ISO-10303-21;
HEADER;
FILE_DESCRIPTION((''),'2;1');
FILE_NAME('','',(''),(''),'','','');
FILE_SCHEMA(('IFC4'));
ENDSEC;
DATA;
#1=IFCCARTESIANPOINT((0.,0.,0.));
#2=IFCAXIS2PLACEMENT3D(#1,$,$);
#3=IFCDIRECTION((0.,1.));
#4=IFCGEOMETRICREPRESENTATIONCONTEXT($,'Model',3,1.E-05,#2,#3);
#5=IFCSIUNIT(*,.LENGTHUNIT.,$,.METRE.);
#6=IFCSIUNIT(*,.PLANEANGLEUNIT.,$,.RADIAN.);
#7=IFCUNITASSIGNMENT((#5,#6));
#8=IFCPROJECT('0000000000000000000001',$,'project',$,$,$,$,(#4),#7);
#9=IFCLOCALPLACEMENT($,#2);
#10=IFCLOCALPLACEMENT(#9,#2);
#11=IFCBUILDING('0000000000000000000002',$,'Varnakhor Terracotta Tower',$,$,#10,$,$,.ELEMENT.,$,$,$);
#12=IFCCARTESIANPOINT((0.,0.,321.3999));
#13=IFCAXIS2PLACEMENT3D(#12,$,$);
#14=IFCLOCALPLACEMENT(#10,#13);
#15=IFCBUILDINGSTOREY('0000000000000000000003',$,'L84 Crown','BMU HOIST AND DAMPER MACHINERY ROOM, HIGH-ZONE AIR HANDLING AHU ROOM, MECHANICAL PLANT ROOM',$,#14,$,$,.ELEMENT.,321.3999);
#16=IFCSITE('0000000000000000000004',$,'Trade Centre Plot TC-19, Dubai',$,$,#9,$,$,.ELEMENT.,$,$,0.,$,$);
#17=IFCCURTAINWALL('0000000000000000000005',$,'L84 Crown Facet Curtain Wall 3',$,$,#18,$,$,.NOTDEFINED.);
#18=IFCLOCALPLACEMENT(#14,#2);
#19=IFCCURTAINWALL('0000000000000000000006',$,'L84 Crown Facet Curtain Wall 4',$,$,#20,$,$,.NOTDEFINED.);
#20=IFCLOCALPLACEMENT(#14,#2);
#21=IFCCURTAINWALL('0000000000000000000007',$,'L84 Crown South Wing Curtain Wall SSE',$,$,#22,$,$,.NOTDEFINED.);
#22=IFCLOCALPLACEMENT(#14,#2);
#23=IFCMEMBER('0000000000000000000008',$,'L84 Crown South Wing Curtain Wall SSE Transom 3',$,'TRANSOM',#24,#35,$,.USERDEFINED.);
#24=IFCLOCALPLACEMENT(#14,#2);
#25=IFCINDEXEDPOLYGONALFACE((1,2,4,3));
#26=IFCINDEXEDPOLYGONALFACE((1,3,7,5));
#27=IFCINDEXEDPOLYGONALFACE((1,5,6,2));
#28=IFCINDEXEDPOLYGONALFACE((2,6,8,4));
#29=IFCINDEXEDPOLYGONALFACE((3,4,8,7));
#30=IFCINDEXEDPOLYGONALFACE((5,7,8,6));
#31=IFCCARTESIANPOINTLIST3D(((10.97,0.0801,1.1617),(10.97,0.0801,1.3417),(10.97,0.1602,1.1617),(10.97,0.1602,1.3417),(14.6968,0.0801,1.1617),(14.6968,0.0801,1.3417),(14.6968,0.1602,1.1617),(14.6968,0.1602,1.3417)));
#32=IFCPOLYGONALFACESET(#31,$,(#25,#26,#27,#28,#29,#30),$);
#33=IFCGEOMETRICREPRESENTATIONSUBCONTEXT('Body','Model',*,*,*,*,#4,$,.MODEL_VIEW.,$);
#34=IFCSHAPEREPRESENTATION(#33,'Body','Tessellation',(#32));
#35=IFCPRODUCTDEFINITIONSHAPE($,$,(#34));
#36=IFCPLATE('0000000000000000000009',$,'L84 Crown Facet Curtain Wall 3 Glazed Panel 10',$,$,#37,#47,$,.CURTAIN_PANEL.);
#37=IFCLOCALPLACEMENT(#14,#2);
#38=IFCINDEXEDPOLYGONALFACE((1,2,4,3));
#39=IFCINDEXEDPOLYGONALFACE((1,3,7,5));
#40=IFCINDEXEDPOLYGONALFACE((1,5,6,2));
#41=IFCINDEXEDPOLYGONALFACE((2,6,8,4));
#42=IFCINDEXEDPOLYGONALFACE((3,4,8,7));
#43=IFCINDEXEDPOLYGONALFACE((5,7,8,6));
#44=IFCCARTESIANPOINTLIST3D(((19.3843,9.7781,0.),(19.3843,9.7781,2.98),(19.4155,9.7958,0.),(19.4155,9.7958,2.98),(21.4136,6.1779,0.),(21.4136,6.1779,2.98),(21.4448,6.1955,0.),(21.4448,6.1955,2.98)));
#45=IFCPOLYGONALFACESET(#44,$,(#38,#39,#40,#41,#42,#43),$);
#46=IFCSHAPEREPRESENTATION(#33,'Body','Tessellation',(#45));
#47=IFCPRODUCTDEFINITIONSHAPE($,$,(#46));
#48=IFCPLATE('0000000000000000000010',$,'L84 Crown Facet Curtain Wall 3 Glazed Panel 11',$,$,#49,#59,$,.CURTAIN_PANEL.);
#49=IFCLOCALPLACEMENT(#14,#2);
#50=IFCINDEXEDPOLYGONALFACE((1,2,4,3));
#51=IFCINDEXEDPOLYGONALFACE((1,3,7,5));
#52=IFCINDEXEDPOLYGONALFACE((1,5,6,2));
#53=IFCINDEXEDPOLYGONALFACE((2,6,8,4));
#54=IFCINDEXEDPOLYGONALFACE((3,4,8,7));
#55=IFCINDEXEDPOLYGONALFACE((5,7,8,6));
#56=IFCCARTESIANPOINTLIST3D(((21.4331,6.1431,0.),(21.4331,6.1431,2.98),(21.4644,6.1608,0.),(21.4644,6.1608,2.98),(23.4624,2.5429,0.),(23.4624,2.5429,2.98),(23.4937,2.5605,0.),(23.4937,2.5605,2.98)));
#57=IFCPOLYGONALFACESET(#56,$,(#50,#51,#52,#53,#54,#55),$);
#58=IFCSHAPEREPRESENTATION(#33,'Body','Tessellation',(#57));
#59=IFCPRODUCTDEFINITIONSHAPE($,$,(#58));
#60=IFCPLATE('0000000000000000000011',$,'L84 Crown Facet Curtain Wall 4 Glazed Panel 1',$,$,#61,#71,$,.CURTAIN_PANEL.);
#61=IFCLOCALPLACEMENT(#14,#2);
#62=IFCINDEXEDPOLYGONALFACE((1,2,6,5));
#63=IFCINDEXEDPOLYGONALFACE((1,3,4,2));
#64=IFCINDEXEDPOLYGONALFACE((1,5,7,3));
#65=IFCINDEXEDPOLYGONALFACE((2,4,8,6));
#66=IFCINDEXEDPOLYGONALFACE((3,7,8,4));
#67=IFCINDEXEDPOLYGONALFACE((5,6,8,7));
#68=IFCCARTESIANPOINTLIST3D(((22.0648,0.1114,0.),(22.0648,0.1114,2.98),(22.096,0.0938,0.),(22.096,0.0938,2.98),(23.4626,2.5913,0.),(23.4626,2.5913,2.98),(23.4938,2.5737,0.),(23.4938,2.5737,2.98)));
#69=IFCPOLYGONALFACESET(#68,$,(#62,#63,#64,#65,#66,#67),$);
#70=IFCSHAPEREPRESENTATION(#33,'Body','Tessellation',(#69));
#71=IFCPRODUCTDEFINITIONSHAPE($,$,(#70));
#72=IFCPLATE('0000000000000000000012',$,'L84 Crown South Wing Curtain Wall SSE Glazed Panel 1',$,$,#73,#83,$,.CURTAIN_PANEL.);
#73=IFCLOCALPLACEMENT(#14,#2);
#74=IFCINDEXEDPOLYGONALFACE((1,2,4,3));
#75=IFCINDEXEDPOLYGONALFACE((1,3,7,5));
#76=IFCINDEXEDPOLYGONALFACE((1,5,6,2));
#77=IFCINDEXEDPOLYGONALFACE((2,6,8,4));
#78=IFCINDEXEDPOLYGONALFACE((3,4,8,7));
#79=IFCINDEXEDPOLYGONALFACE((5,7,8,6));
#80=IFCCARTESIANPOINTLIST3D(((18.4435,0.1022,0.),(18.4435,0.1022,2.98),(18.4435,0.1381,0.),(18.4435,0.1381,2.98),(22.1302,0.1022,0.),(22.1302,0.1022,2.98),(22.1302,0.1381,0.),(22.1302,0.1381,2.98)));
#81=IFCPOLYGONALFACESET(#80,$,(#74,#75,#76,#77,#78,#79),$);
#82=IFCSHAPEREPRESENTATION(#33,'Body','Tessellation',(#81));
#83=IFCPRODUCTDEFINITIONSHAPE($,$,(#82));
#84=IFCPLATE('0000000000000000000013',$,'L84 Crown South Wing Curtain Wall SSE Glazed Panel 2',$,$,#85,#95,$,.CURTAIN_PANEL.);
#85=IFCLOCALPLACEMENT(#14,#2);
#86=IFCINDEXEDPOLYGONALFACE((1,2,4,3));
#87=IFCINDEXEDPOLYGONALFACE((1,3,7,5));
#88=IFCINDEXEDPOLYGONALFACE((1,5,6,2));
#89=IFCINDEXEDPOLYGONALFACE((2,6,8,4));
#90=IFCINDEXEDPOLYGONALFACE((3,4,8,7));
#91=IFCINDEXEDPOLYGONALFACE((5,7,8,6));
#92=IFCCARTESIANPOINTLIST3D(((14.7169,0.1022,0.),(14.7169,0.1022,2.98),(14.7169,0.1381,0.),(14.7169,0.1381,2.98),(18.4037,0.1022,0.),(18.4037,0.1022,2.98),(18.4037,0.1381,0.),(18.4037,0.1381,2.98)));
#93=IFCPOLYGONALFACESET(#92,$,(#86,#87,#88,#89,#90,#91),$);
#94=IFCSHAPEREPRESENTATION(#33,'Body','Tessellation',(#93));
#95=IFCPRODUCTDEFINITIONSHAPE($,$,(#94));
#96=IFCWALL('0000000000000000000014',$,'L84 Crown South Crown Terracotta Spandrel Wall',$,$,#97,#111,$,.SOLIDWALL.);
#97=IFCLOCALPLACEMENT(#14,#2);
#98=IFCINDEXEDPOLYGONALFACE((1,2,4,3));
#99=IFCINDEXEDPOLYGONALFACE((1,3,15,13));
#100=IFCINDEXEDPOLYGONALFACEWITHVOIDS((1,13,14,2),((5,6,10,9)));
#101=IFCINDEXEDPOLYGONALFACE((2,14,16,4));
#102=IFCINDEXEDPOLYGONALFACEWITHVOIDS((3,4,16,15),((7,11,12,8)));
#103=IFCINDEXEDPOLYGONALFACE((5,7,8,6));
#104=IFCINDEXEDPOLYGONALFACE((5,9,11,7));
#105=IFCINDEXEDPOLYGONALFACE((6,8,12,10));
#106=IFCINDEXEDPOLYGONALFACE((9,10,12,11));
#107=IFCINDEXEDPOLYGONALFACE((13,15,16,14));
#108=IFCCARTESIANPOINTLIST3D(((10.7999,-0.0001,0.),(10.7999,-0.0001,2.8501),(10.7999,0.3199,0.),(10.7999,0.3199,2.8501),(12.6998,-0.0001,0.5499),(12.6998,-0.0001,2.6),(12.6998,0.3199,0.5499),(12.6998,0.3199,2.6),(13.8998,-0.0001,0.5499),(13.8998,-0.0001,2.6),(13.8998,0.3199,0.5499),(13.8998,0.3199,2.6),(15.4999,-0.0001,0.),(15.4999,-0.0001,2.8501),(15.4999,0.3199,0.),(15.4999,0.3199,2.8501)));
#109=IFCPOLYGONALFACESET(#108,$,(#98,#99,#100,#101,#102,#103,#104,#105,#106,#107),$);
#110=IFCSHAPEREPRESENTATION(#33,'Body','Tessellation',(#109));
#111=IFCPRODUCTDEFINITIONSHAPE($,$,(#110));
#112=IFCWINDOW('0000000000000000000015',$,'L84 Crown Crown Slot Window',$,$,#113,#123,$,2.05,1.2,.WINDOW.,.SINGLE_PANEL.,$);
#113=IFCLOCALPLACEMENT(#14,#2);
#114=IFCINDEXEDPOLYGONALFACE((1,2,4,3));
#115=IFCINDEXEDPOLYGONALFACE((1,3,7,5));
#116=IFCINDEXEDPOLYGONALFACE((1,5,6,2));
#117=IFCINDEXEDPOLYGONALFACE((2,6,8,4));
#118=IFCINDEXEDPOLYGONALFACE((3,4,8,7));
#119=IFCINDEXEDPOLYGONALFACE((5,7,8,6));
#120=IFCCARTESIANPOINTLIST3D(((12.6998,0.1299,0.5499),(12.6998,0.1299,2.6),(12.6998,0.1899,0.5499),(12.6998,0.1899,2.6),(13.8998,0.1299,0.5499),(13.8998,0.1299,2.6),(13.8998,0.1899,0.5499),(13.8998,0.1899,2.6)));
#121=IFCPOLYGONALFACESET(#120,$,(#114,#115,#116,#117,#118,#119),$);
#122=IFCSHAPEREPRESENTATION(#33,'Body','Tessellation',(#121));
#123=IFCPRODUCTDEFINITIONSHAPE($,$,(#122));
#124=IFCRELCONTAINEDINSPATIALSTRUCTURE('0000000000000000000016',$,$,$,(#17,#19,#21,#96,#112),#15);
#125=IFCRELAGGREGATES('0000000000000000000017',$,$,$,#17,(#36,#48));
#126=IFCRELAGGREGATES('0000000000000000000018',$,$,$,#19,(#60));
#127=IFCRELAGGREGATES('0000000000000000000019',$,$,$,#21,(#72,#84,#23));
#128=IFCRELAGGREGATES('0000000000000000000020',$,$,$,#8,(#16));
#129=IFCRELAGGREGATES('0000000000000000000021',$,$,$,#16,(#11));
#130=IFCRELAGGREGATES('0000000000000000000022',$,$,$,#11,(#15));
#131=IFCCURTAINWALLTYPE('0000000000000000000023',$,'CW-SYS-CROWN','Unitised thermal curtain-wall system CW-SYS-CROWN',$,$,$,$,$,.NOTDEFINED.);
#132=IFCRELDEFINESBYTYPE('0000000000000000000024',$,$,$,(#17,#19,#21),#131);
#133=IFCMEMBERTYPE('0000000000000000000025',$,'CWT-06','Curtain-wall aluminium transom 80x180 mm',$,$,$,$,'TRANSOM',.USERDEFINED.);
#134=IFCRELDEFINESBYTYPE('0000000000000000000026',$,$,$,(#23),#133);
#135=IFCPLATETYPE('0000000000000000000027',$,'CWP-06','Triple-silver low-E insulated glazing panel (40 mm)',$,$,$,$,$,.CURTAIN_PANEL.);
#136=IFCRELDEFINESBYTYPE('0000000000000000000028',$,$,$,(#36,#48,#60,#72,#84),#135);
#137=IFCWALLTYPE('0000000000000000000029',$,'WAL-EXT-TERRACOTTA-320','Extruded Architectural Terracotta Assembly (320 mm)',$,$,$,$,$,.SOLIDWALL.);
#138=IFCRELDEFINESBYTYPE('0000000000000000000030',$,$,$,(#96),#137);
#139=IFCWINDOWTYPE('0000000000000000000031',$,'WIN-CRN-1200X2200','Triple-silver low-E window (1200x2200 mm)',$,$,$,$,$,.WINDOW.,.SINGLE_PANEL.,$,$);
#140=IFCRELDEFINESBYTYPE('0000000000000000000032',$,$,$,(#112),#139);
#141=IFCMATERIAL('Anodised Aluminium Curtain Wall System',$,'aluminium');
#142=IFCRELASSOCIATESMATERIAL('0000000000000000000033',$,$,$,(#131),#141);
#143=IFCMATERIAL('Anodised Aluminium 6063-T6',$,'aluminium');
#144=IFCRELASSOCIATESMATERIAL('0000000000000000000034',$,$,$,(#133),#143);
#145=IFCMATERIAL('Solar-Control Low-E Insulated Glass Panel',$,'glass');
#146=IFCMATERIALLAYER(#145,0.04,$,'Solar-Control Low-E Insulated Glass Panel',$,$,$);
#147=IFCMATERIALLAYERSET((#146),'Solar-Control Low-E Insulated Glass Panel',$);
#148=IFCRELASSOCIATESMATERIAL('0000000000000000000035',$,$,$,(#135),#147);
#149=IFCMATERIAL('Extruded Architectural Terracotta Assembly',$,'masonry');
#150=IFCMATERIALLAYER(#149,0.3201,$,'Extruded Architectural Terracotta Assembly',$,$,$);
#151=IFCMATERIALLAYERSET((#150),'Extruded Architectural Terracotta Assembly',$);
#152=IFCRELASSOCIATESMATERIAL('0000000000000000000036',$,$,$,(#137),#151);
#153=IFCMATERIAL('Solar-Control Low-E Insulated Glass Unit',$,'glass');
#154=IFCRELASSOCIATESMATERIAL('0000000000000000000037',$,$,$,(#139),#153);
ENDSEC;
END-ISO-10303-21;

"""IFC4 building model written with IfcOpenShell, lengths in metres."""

from ifc_helpers import new_model, si_unit, direction, frame, frame_2d, origin, origin_2d, place, context, subcontext, project, spatial, rectangle, extrude, source, transform, mapped, material, layer, layer_set, material_profile, profile_set, type_object, type_shapes, element, fill, aggregate, save


model = new_model("IFC4")

# Units and contexts
model_context = context("Model", 3, precision=1e-05, world=origin(), true_north=direction((0.0, 1.0)))
body_context = subcontext(model_context, "Body", "Model", "MODEL_VIEW")
ifc_project = project(units=[si_unit("LENGTHUNIT", "METRE"), si_unit("PLANEANGLEUNIT", "RADIAN")], contexts=[model_context])

# Site, building, storey
site_placement = place(None, origin())
site = spatial("IfcSite", under=ifc_project, at=site_placement, Name="Trade Centre Plot TC-19, Dubai", CompositionType="ELEMENT", RefElevation=0.0)
building_placement = place(site_placement, origin())
building = spatial("IfcBuilding", under=site, at=building_placement, Name="Varnakhor Terracotta Tower", CompositionType="ELEMENT")
storey_placement = place(building_placement, frame((0.0, 0.0, 321.3999)))
storey = spatial("IfcBuildingStorey", under=building, at=storey_placement, Name="L84 Crown", Description="BMU HOIST AND DAMPER MACHINERY ROOM, HIGH-ZONE AIR HANDLING AHU ROOM, MECHANICAL PLANT ROOM", CompositionType="ELEMENT", Elevation=321.3999)

# Curtain wall
ifc_material_1 = material(Name="Anodised Aluminium Curtain Wall System", Category="aluminium")
curtain_wall_type = type_object("IfcCurtainWallType", Name="CW-SYS-CROWN", Description="Unitised thermal curtain-wall system CW-SYS-CROWN", PredefinedType="NOTDEFINED", material=ifc_material_1)
curtain_wall_1_placement = place(storey_placement, origin())
curtain_wall_1 = element("IfcCurtainWall", 1, at=curtain_wall_1_placement, inside=storey, type_object=curtain_wall_type, Name="L84 Crown Facet Curtain Wall 3", PredefinedType="NOTDEFINED")
ifc_material_2 = material(Name="Anodised Aluminium 6063-T6", Category="aluminium")

# Curtain wall
curtain_wall_2_placement = place(storey_placement, origin())
curtain_wall_2 = element("IfcCurtainWall", 2, at=curtain_wall_2_placement, inside=storey, type_object=curtain_wall_type, Name="L84 Crown Facet Curtain Wall 4", PredefinedType="NOTDEFINED")

# Curtain wall
curtain_wall_3_placement = place(storey_placement, origin())
curtain_wall_3 = element("IfcCurtainWall", 3, at=curtain_wall_3_placement, inside=storey, type_object=curtain_wall_type, Name="L84 Crown South Wing Curtain Wall SSE", PredefinedType="NOTDEFINED")

# Member
ifc_material_profile_1 = material_profile(ifc_material_2, rectangle(XDim=0.0801, YDim=0.1799, at=origin_2d()), Name="ALU TRANSOM 80x180")
ifc_profile_set_1 = profile_set([ifc_material_profile_1], Name="Anodised Aluminium 6063-T6")
member_type_1 = type_object("IfcMemberType", Name="CWT-06", Description="Curtain-wall aluminium transom 80x180 mm", ElementType="TRANSOM", PredefinedType="USERDEFINED", material=ifc_profile_set_1)
shared_shape_1 = source(origin(), body_context, "Body", "SweptSolid", [
    extrude(rectangle(XDim=0.0801, YDim=0.1799, at=origin_2d()), origin(), (0.0, 0.0, 1.0), 3.7268),
])
member_1_placement = place(storey_placement, frame((14.6968, 0.1201, 1.2517), z_axis=(-1.0, 0.0, 0.0), x_axis=(0.0, -1.0, 0.0)))
member_1 = element("IfcMember", 4, at=member_1_placement, type_object=member_type_1, Name="L84 Crown South Wing Curtain Wall SSE Transom 3", ObjectType="TRANSOM", PredefinedType="USERDEFINED", context=body_context, shape_type="MappedRepresentation", body=[
    mapped(shared_shape_1, transform((0.0, 0.0, 0.0), scale=1.0)),
])

# Plates
ifc_material_3 = material(Name="Solar-Control Low-E Insulated Glass Panel", Category="glass")
ifc_layer_1 = layer(ifc_material_3, 0.04, Name="Solar-Control Low-E Insulated Glass Panel")
ifc_layer_set_1 = layer_set([ifc_layer_1], Name="Solar-Control Low-E Insulated Glass Panel")
plate_type = type_object("IfcPlateType", Name="CWP-06", Description="Triple-silver low-E insulated glazing panel (40 mm)", PredefinedType="CURTAIN_PANEL", material=ifc_layer_set_1)
shared_shape_2 = source(origin(), body_context, "Body", "SweptSolid", [
    extrude(rectangle(XDim=4.1328, YDim=0.0359, at=origin_2d()), origin(), (0.0, 0.0, 1.0), 2.98),
])
plate_1_placement = place(storey_placement, frame((20.4146, 7.9868, 0.0), z_axis=(0.0, 0.0, 1.0), x_axis=(0.491025, -0.871145, 0.0)))
plate_1 = element("IfcPlate", 5, at=plate_1_placement, type_object=plate_type, Name="L84 Crown Facet Curtain Wall 3 Glazed Panel 10", PredefinedType="CURTAIN_PANEL", context=body_context, shape_type="MappedRepresentation", body=[
    mapped(shared_shape_2, transform((0.0, 0.0, 0.0), scale=1.0)),
])
plate_2_placement = place(storey_placement, frame((22.4634, 4.3518, 0.0), z_axis=(0.0, 0.0, 1.0), x_axis=(0.491025, -0.871145, 0.0)))
plate_2 = element("IfcPlate", 6, at=plate_2_placement, type_object=plate_type, Name="L84 Crown Facet Curtain Wall 3 Glazed Panel 11", PredefinedType="CURTAIN_PANEL", context=body_context, shape_type="MappedRepresentation", body=[
    mapped(shared_shape_2, transform((0.0, 0.0, 0.0), scale=1.0)),
])
aggregate(curtain_wall_1, [plate_1, plate_2])
shared_shape_3 = source(origin(), body_context, "Body", "SweptSolid", [
    extrude(rectangle(XDim=2.8467, YDim=0.0359, at=origin_2d()), origin(), (0.0, 0.0, 1.0), 2.98),
])
plate_3_placement = place(storey_placement, frame((22.7793, 1.3425, 0.0), z_axis=(0.0, 0.0, 1.0), x_axis=(-0.491025, -0.871145, 0.0)))
plate_3 = element("IfcPlate", 7, at=plate_3_placement, type_object=plate_type, Name="L84 Crown Facet Curtain Wall 4 Glazed Panel 1", PredefinedType="CURTAIN_PANEL", context=body_context, shape_type="MappedRepresentation", body=[
    mapped(shared_shape_3, transform((0.0, 0.0, 0.0), scale=1.0)),
])
aggregate(curtain_wall_2, [plate_3])
shared_shape_4 = source(origin(), body_context, "Body", "SweptSolid", [
    extrude(rectangle(XDim=3.6868, YDim=0.0359, at=origin_2d()), origin(), (0.0, 0.0, 1.0), 2.98),
])
plate_4_placement = place(storey_placement, frame((20.2869, 0.1201, 0.0), z_axis=(0.0, 0.0, 1.0), x_axis=(-1.0, 0.0, 0.0)))
plate_4 = element("IfcPlate", 8, at=plate_4_placement, type_object=plate_type, Name="L84 Crown South Wing Curtain Wall SSE Glazed Panel 1", PredefinedType="CURTAIN_PANEL", context=body_context, shape_type="MappedRepresentation", body=[
    mapped(shared_shape_4, transform((0.0, 0.0, 0.0), scale=1.0)),
])
plate_5_placement = place(storey_placement, frame((16.5603, 0.1201, 0.0), z_axis=(0.0, 0.0, 1.0), x_axis=(-1.0, 0.0, 0.0)))
plate_5 = element("IfcPlate", 9, at=plate_5_placement, type_object=plate_type, Name="L84 Crown South Wing Curtain Wall SSE Glazed Panel 2", PredefinedType="CURTAIN_PANEL", context=body_context, shape_type="MappedRepresentation", body=[
    mapped(shared_shape_4, transform((0.0, 0.0, 0.0), scale=1.0)),
])
aggregate(curtain_wall_3, [plate_4, plate_5, member_1])

# Wall, opening, window
ifc_material_4 = material(Name="Extruded Architectural Terracotta Assembly", Category="masonry")
ifc_layer_2 = layer(ifc_material_4, 0.3201, Name="Extruded Architectural Terracotta Assembly")
ifc_layer_set_2 = layer_set([ifc_layer_2], Name="Extruded Architectural Terracotta Assembly")
wall_type = type_object("IfcWallType", Name="WAL-EXT-TERRACOTTA-320", Description="Extruded Architectural Terracotta Assembly (320 mm)", PredefinedType="SOLIDWALL", material=ifc_layer_set_2)
wall_placement = place(storey_placement, frame((15.5, 0.1599, 0.0), z_axis=(0.0, 0.0, 1.0), x_axis=(-1.0, 0.0, 0.0)))
wall = element("IfcWall", 10, at=wall_placement, inside=storey, type_object=wall_type, Name="L84 Crown South Crown Terracotta Spandrel Wall", PredefinedType="SOLIDWALL", context=body_context, shape_type="SweptSolid", body=[
    extrude(rectangle(XDim=4.7, YDim=0.3201, at=frame_2d((2.3501, 0.0))), origin(), (0.0, 0.0, 1.0), 2.8501),
])
opening_placement = place(wall_placement, frame((1.6001, 0.0, 0.55)))
opening = element("IfcOpeningElement", 11, at=opening_placement, cuts=wall, PredefinedType="OPENING", context=body_context, shape_type="SweptSolid", body=[
    extrude(rectangle(XDim=1.2, YDim=2.05, at=frame_2d((0.6001, 1.0249))), frame((0.0, 0.1699, 0.0), z_axis=(0.0, -1.0, 0.0), x_axis=(1.0, 0.0, 0.0)), (0.0, 0.0, 1.0), 0.3401),
])
ifc_material_5 = material(Name="Solar-Control Low-E Insulated Glass Unit", Category="glass")
window_type = type_object("IfcWindowType", Name="WIN-CRN-1200X2200", Description="Triple-silver low-E window (1200x2200 mm)", PartitioningType="SINGLE_PANEL", PredefinedType="WINDOW", material=ifc_material_5)
shared_shape_5 = source(origin(), body_context, "Body", "SweptSolid", [
    extrude(rectangle(XDim=1.2, YDim=2.05, at=frame_2d((0.6001, 1.0249))), frame((0.0, 0.03, 0.0), z_axis=(0.0, -1.0, 0.0), x_axis=(1.0, 0.0, 0.0)), (0.0, 0.0, 1.0), 0.0601),
])
type_shapes(window_type, [shared_shape_5])
window_placement = place(opening_placement, origin())
window = element("IfcWindow", 12, at=window_placement, inside=storey, type_object=window_type, Name="L84 Crown Crown Slot Window", OverallHeight=2.05, OverallWidth=1.2, PartitioningType="SINGLE_PANEL", PredefinedType="WINDOW", context=body_context, shape_type="MappedRepresentation", body=[
    mapped(shared_shape_5, transform((0.0, 0.0, 0.0), scale=1.0)),
])
fill(opening, window)

save(model, "model.ifc")
